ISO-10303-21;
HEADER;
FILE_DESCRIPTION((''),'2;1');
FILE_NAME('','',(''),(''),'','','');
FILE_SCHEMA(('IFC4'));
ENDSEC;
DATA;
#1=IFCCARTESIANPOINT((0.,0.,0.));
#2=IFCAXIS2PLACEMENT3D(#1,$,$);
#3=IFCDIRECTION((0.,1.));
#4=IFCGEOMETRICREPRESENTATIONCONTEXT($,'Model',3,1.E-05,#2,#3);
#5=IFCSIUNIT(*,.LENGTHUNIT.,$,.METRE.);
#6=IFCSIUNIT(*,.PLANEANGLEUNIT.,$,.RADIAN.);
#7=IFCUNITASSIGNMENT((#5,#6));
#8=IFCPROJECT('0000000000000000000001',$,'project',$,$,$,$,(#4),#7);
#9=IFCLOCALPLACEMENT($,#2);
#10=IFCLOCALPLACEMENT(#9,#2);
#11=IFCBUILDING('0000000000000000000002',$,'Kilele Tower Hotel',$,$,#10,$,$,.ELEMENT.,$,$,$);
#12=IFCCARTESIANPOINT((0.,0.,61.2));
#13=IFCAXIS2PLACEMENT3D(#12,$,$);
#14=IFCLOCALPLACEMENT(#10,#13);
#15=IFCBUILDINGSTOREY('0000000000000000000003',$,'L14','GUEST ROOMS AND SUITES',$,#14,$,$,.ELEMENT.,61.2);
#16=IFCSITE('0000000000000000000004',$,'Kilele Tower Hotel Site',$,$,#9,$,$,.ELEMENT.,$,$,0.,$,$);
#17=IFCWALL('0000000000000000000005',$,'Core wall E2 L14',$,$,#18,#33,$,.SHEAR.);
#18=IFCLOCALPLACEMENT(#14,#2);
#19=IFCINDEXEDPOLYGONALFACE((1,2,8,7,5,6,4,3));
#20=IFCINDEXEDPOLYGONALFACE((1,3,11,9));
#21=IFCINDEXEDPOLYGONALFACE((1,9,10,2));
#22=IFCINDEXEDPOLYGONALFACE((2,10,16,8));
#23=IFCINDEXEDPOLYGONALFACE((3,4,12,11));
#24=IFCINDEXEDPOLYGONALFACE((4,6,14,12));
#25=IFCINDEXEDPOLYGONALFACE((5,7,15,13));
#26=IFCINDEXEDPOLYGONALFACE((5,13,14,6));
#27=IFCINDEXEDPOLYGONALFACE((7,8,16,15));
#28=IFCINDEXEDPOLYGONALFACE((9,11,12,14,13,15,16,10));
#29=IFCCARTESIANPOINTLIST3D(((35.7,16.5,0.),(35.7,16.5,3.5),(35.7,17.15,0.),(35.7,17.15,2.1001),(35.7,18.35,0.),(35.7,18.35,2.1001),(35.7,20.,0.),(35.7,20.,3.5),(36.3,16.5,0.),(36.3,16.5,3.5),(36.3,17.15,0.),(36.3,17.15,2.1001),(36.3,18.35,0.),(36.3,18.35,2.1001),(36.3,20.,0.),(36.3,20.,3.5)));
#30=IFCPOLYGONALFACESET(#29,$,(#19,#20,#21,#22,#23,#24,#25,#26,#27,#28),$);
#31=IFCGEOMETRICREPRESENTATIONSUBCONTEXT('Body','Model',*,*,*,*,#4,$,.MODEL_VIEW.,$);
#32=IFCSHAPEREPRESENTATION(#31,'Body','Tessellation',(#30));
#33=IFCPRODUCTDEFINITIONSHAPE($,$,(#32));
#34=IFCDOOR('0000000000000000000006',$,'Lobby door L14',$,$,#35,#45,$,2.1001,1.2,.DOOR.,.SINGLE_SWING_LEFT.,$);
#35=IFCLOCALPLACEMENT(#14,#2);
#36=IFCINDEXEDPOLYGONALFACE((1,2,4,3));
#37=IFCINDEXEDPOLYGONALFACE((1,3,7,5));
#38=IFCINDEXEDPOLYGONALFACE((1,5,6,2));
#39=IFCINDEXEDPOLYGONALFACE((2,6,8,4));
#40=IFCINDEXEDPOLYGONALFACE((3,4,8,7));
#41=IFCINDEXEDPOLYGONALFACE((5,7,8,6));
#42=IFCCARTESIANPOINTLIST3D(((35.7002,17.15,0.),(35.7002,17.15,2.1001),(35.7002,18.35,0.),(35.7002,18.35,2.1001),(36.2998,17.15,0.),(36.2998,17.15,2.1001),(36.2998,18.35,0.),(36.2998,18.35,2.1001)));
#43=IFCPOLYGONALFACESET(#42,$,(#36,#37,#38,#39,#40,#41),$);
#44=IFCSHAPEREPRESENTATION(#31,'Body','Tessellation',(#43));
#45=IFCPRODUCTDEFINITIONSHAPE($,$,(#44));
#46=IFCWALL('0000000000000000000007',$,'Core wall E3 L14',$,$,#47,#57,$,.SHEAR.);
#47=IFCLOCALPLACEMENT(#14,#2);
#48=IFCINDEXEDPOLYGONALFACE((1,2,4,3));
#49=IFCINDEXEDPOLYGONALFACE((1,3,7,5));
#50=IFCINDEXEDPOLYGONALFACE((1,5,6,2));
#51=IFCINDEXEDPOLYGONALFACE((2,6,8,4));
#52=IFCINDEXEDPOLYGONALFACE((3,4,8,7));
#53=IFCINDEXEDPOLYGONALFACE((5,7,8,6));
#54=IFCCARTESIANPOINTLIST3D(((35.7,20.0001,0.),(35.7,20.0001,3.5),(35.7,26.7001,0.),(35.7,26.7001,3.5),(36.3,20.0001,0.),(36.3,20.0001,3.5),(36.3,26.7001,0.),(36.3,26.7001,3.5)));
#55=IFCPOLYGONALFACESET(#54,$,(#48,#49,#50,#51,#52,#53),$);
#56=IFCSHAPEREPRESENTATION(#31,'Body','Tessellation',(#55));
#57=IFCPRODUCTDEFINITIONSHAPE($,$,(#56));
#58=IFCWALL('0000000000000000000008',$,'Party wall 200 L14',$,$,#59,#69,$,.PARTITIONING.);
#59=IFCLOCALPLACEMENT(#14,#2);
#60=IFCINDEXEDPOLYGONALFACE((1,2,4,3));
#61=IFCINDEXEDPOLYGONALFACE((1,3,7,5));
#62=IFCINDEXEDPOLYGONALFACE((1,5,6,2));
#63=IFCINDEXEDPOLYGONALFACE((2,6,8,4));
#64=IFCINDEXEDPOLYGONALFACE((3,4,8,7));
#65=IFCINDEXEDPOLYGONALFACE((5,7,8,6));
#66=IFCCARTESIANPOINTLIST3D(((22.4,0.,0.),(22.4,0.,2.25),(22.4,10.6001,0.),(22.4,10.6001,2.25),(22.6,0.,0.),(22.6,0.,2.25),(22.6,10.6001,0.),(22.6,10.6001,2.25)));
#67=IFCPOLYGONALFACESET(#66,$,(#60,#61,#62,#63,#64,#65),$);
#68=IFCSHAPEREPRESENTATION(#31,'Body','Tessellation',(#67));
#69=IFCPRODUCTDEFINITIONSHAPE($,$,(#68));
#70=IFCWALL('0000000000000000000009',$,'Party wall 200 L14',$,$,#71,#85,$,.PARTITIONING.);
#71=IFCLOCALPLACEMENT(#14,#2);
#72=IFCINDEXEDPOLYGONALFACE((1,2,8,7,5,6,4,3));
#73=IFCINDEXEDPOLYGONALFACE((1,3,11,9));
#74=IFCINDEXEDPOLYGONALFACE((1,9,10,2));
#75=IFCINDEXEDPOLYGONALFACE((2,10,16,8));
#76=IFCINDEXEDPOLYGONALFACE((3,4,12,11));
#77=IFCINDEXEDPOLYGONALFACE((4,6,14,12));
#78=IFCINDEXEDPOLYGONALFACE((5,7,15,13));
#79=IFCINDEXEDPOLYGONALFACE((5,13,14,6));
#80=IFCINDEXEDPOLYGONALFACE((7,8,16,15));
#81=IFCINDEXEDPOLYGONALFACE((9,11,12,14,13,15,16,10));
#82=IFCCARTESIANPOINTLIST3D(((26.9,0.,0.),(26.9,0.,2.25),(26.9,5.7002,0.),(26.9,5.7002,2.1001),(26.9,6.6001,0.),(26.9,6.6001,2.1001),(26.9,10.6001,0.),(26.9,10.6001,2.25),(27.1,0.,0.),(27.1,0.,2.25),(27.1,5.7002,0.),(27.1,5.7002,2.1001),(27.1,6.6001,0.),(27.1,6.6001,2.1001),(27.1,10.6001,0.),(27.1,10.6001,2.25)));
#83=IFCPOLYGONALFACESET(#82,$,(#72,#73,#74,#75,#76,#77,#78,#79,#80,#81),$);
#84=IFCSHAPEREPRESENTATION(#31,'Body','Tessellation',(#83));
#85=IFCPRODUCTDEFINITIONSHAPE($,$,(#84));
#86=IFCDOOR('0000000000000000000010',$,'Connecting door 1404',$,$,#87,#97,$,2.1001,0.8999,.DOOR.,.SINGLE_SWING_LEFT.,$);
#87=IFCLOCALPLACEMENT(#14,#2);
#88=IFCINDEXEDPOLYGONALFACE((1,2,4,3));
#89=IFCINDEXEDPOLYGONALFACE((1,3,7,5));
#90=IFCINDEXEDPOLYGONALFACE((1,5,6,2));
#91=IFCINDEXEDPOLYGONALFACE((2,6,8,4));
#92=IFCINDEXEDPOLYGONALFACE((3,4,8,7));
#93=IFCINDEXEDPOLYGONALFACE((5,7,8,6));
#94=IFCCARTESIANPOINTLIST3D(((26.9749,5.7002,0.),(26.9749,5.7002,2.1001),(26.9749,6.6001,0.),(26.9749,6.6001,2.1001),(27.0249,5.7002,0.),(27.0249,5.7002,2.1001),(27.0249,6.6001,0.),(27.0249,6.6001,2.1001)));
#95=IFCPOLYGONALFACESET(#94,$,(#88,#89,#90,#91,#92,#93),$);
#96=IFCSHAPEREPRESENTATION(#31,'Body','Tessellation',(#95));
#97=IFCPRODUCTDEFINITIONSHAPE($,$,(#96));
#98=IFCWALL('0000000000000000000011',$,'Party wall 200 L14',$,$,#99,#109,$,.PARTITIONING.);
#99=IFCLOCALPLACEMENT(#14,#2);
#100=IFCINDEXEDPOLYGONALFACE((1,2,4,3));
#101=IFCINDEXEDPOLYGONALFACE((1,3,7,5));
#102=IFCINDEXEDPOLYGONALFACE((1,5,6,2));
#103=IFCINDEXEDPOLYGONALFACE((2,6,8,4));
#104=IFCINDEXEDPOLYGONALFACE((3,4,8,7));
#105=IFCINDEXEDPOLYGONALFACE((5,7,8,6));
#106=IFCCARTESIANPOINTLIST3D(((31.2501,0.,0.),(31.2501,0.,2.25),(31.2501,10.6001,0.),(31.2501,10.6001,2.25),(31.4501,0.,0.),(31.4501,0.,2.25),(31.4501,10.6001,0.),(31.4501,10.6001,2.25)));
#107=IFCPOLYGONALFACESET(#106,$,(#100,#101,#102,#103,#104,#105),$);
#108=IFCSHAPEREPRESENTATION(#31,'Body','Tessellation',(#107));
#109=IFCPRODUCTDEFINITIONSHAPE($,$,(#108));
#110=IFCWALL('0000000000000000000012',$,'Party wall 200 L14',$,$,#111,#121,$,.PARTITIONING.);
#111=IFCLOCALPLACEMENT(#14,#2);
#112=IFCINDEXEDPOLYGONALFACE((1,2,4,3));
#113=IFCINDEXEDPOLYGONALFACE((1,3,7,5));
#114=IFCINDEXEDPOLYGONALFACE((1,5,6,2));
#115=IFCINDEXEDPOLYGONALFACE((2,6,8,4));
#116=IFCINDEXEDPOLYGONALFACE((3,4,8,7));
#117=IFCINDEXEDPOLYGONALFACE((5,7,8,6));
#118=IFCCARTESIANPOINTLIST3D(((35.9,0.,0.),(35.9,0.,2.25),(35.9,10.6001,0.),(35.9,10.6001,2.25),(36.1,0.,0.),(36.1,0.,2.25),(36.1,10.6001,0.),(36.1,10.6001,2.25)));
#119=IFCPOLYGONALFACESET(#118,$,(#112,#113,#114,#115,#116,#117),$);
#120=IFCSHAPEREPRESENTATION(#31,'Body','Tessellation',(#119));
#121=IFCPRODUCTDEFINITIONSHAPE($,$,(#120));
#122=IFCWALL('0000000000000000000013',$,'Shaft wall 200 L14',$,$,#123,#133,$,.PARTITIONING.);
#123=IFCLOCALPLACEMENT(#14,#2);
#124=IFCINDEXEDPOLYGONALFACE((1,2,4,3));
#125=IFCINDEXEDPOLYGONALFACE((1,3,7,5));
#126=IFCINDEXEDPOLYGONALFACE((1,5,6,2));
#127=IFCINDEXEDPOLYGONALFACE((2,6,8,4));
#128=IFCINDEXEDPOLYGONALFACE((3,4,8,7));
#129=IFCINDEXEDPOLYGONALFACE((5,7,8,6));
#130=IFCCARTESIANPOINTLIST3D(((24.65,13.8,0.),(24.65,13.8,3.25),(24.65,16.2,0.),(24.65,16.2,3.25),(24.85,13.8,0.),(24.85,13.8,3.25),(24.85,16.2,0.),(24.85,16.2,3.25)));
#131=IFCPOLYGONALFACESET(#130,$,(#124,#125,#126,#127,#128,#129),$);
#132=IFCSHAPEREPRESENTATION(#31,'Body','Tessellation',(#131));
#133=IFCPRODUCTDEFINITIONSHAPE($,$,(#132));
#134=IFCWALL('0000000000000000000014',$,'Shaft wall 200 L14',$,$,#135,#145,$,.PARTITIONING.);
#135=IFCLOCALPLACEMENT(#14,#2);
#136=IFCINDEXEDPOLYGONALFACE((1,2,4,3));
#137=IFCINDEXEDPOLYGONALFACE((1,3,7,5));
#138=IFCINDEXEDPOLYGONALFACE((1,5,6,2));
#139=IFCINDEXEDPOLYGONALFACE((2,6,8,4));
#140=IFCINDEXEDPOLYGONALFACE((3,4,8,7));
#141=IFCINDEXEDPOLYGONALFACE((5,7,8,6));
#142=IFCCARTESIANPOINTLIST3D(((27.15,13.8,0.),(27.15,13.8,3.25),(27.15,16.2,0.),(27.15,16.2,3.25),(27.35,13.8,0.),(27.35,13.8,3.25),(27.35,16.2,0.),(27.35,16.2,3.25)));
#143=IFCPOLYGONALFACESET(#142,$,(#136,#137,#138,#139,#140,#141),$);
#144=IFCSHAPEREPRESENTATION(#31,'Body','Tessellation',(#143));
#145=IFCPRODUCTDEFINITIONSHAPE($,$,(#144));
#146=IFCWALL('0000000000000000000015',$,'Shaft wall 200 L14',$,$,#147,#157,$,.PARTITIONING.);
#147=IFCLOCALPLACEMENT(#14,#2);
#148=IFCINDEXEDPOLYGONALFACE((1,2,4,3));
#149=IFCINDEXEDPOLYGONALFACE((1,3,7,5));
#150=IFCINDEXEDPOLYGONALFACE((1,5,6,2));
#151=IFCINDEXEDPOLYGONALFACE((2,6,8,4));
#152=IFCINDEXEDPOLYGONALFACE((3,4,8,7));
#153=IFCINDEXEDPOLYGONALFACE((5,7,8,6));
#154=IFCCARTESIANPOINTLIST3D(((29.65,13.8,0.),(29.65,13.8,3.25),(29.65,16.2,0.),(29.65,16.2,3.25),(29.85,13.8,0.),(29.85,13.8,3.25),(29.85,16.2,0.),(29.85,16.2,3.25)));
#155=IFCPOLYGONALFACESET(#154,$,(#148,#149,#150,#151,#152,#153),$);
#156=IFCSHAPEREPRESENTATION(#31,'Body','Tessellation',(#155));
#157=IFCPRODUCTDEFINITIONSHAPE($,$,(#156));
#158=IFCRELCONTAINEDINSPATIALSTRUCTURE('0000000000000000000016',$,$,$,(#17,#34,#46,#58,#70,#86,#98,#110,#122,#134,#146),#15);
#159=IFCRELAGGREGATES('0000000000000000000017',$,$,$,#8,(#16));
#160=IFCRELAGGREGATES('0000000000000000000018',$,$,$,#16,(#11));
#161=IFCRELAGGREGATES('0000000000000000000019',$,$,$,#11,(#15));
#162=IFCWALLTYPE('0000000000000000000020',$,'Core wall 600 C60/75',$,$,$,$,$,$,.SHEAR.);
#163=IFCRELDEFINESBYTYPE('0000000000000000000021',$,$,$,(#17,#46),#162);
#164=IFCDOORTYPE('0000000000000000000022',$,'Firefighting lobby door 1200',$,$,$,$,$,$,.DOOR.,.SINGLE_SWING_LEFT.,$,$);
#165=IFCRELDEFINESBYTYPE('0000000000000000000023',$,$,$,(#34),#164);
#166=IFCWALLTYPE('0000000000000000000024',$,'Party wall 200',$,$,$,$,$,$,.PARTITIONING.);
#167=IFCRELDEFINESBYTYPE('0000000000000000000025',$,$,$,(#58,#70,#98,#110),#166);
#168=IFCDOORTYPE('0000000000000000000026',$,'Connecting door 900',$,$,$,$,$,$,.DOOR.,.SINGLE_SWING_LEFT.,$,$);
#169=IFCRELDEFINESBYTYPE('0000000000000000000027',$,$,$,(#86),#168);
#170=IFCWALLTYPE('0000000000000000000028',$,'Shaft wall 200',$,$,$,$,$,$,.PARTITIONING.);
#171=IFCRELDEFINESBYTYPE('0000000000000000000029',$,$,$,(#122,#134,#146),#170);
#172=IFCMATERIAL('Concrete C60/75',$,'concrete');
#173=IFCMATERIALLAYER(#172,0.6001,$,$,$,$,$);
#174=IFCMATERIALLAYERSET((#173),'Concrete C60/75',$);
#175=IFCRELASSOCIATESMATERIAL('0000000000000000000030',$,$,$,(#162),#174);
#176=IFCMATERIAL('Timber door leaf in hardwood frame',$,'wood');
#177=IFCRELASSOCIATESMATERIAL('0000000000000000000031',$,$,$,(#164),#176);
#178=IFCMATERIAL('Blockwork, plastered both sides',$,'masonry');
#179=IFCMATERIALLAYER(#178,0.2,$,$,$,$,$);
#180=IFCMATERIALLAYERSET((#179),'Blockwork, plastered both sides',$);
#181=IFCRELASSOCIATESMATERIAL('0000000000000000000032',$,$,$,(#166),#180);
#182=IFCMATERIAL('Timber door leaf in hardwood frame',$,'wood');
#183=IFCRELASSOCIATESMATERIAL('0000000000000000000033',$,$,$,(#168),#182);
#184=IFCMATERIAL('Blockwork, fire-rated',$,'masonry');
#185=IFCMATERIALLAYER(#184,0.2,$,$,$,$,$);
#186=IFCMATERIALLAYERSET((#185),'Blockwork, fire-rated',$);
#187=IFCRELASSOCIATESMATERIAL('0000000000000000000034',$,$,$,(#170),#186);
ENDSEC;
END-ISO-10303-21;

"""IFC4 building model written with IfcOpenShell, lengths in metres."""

from ifc_helpers import new_model, si_unit, direction, frame, frame_2d, origin, place, context, subcontext, project, spatial, rectangle, extrude, material, layer, layer_set, type_object, element, fill, save


model = new_model("IFC4")

# Units and contexts
model_context = context("Model", 3, precision=1e-05, world=origin(), true_north=direction((0.0, 1.0)))
body_context = subcontext(model_context, "Body", "Model", "MODEL_VIEW")
ifc_project = project(units=[si_unit("LENGTHUNIT", "METRE"), si_unit("PLANEANGLEUNIT", "RADIAN")], contexts=[model_context])

# Site, building, storey
site_placement = place(None, origin())
site = spatial("IfcSite", under=ifc_project, at=site_placement, Name="Kilele Tower Hotel Site", CompositionType="ELEMENT", RefElevation=0.0)
building_placement = place(site_placement, origin())
building = spatial("IfcBuilding", under=site, at=building_placement, Name="Kilele Tower Hotel", CompositionType="ELEMENT")
storey_placement = place(building_placement, frame((0.0, 0.0, 61.2)))
storey = spatial("IfcBuildingStorey", under=building, at=storey_placement, Name="L14", Description="GUEST ROOMS AND SUITES", CompositionType="ELEMENT", Elevation=61.2)

# Shared definitions
ifc_material_1 = material(Name="Concrete C60/75", Category="concrete")
ifc_layer_1 = layer(ifc_material_1, 0.6001)
ifc_layer_set_1 = layer_set([ifc_layer_1], Name="Concrete C60/75")
wall_type_1 = type_object("IfcWallType", Name="Core wall 600 C60/75", PredefinedType="SHEAR", material=ifc_layer_set_1)
ifc_material_2 = material(Name="Timber door leaf in hardwood frame", Category="wood")
door_type_1 = type_object("IfcDoorType", Name="Firefighting lobby door 1200", OperationType="SINGLE_SWING_LEFT", PredefinedType="DOOR", material=ifc_material_2)

# Wall, opening, door
wall_1_placement = place(storey_placement, frame((36.0, 16.5, 0.0), z_axis=(0.0, 0.0, 1.0), x_axis=(0.0, 1.0, 0.0)))
wall_1 = element("IfcWall", 1, at=wall_1_placement, inside=storey, type_object=wall_type_1, Name="Core wall E2 L14", PredefinedType="SHEAR", context=body_context, shape_type="SweptSolid", body=[
    extrude(rectangle(XDim=3.5, YDim=0.6001, at=frame_2d((1.75, 0.0))), origin(), (0.0, 0.0, 1.0), 3.5),
])
opening_1_placement = place(wall_1_placement, frame((0.6499, 0.0, 0.0)))
opening_1 = element("IfcOpeningElement", 2, at=opening_1_placement, cuts=wall_1, PredefinedType="OPENING", context=body_context, shape_type="SweptSolid", body=[
    extrude(rectangle(XDim=1.2, YDim=2.1001, at=frame_2d((0.6001, 1.05))), frame((0.0, 0.3101, 0.0), z_axis=(0.0, -1.0, 0.0), x_axis=(1.0, 0.0, 0.0)), (0.0, 0.0, 1.0), 0.6201),
])
door_1_placement = place(opening_1_placement, origin())
door_1 = element("IfcDoor", 3, at=door_1_placement, inside=storey, type_object=door_type_1, Name="Lobby door L14", OperationType="SINGLE_SWING_LEFT", OverallHeight=2.1001, OverallWidth=1.2, PredefinedType="DOOR", context=body_context, shape_type="SweptSolid", body=[
    extrude(rectangle(XDim=1.2, YDim=2.1001, at=frame_2d((0.6001, 1.05))), frame((0.0, 0.2998, 0.0), z_axis=(0.0, -1.0, 0.0), x_axis=(1.0, 0.0, 0.0)), (0.0, 0.0, 1.0), 0.5996),
])
fill(opening_1, door_1)

# Walls
wall_2_placement = place(storey_placement, frame((36.0, 20.0, 0.0), z_axis=(0.0, 0.0, 1.0), x_axis=(0.0, 1.0, 0.0)))
element("IfcWall", 4, at=wall_2_placement, inside=storey, type_object=wall_type_1, Name="Core wall E3 L14", PredefinedType="SHEAR", context=body_context, shape_type="SweptSolid", body=[
    extrude(rectangle(XDim=6.7, YDim=0.6001, at=frame_2d((3.3501, 0.0))), origin(), (0.0, 0.0, 1.0), 3.5),
])
ifc_material_3 = material(Name="Blockwork, plastered both sides", Category="masonry")
ifc_layer_2 = layer(ifc_material_3, 0.2)
ifc_layer_set_2 = layer_set([ifc_layer_2], Name="Blockwork, plastered both sides")
wall_type_2 = type_object("IfcWallType", Name="Party wall 200", PredefinedType="PARTITIONING", material=ifc_layer_set_2)
wall_3_placement = place(storey_placement, frame((22.5, 10.6001, 0.0), z_axis=(0.0, 0.0, 1.0), x_axis=(0.0, -1.0, 0.0)))
element("IfcWall", 5, at=wall_3_placement, inside=storey, type_object=wall_type_2, Name="Party wall 200 L14", PredefinedType="PARTITIONING", context=body_context, shape_type="SweptSolid", body=[
    extrude(rectangle(XDim=10.6001, YDim=0.2, at=frame_2d((5.3, 0.0))), origin(), (0.0, 0.0, 1.0), 2.25),
])

# Wall, opening, door
wall_4_placement = place(storey_placement, frame((27.0, 10.6001, 0.0), z_axis=(0.0, 0.0, 1.0), x_axis=(0.0, -1.0, 0.0)))
wall_4 = element("IfcWall", 6, at=wall_4_placement, inside=storey, type_object=wall_type_2, Name="Party wall 200 L14", PredefinedType="PARTITIONING", context=body_context, shape_type="SweptSolid", body=[
    extrude(rectangle(XDim=10.6001, YDim=0.2, at=frame_2d((5.3, 0.0))), origin(), (0.0, 0.0, 1.0), 2.25),
])
opening_2_placement = place(wall_4_placement, frame((4.0, 0.0, 0.0)))
opening_2 = element("IfcOpeningElement", 7, at=opening_2_placement, cuts=wall_4, PredefinedType="OPENING", context=body_context, shape_type="SweptSolid", body=[
    extrude(rectangle(XDim=0.8999, YDim=2.1001, at=frame_2d((0.45, 1.05))), frame((0.0, 0.1099, 0.0), z_axis=(0.0, -1.0, 0.0), x_axis=(1.0, 0.0, 0.0)), (0.0, 0.0, 1.0), 0.22),
])
ifc_material_4 = material(Name="Timber door leaf in hardwood frame", Category="wood")
door_type_2 = type_object("IfcDoorType", Name="Connecting door 900", OperationType="SINGLE_SWING_LEFT", PredefinedType="DOOR", material=ifc_material_4)
door_2_placement = place(opening_2_placement, origin())
door_2 = element("IfcDoor", 8, at=door_2_placement, inside=storey, type_object=door_type_2, Name="Connecting door 1404", OperationType="SINGLE_SWING_LEFT", OverallHeight=2.1001, OverallWidth=0.8999, PredefinedType="DOOR", context=body_context, shape_type="SweptSolid", body=[
    extrude(rectangle(XDim=0.8999, YDim=2.1001, at=frame_2d((0.45, 1.05))), frame((0.0, 0.0249, 0.0), z_axis=(0.0, -1.0, 0.0), x_axis=(1.0, 0.0, 0.0)), (0.0, 0.0, 1.0), 0.05),
])
fill(opening_2, door_2)

# Walls
for number, where, z_axis, x_axis, name in (
    (9, (31.3501, 10.6001, 0.0), (0.0, 0.0, 1.0), (0.0, -1.0, 0.0), "Party wall 200 L14"),
    (10, (36.0, 10.6001, 0.0), (0.0, 0.0, 1.0), (0.0, -1.0, 0.0), "Party wall 200 L14"),
):
    element("IfcWall", number, at=place(storey_placement, frame(where, z_axis=z_axis, x_axis=x_axis)), inside=storey, type_object=wall_type_2, Name=name, PredefinedType="PARTITIONING", context=body_context, shape_type="SweptSolid", body=[
        extrude(rectangle(XDim=10.6001, YDim=0.2, at=frame_2d((5.3, 0.0))), origin(), (0.0, 0.0, 1.0), 2.25),
    ])
ifc_material_5 = material(Name="Blockwork, fire-rated", Category="masonry")
ifc_layer_3 = layer(ifc_material_5, 0.2)
ifc_layer_set_3 = layer_set([ifc_layer_3], Name="Blockwork, fire-rated")
wall_type_3 = type_object("IfcWallType", Name="Shaft wall 200", PredefinedType="PARTITIONING", material=ifc_layer_set_3)
for number, where, z_axis, x_axis, name in (
    (11, (24.75, 13.8, 0.0), (0.0, 0.0, 1.0), (0.0, 1.0, 0.0), "Shaft wall 200 L14"),
    (12, (27.25, 13.8, 0.0), (0.0, 0.0, 1.0), (0.0, 1.0, 0.0), "Shaft wall 200 L14"),
    (13, (29.75, 13.8, 0.0), (0.0, 0.0, 1.0), (0.0, 1.0, 0.0), "Shaft wall 200 L14"),
):
    element("IfcWall", number, at=place(storey_placement, frame(where, z_axis=z_axis, x_axis=x_axis)), inside=storey, type_object=wall_type_3, Name=name, PredefinedType="PARTITIONING", context=body_context, shape_type="SweptSolid", body=[
        extrude(rectangle(XDim=2.3999, YDim=0.2, at=frame_2d((1.2, 0.0))), origin(), (0.0, 0.0, 1.0), 3.25),
    ])

save(model, "model.ifc")
